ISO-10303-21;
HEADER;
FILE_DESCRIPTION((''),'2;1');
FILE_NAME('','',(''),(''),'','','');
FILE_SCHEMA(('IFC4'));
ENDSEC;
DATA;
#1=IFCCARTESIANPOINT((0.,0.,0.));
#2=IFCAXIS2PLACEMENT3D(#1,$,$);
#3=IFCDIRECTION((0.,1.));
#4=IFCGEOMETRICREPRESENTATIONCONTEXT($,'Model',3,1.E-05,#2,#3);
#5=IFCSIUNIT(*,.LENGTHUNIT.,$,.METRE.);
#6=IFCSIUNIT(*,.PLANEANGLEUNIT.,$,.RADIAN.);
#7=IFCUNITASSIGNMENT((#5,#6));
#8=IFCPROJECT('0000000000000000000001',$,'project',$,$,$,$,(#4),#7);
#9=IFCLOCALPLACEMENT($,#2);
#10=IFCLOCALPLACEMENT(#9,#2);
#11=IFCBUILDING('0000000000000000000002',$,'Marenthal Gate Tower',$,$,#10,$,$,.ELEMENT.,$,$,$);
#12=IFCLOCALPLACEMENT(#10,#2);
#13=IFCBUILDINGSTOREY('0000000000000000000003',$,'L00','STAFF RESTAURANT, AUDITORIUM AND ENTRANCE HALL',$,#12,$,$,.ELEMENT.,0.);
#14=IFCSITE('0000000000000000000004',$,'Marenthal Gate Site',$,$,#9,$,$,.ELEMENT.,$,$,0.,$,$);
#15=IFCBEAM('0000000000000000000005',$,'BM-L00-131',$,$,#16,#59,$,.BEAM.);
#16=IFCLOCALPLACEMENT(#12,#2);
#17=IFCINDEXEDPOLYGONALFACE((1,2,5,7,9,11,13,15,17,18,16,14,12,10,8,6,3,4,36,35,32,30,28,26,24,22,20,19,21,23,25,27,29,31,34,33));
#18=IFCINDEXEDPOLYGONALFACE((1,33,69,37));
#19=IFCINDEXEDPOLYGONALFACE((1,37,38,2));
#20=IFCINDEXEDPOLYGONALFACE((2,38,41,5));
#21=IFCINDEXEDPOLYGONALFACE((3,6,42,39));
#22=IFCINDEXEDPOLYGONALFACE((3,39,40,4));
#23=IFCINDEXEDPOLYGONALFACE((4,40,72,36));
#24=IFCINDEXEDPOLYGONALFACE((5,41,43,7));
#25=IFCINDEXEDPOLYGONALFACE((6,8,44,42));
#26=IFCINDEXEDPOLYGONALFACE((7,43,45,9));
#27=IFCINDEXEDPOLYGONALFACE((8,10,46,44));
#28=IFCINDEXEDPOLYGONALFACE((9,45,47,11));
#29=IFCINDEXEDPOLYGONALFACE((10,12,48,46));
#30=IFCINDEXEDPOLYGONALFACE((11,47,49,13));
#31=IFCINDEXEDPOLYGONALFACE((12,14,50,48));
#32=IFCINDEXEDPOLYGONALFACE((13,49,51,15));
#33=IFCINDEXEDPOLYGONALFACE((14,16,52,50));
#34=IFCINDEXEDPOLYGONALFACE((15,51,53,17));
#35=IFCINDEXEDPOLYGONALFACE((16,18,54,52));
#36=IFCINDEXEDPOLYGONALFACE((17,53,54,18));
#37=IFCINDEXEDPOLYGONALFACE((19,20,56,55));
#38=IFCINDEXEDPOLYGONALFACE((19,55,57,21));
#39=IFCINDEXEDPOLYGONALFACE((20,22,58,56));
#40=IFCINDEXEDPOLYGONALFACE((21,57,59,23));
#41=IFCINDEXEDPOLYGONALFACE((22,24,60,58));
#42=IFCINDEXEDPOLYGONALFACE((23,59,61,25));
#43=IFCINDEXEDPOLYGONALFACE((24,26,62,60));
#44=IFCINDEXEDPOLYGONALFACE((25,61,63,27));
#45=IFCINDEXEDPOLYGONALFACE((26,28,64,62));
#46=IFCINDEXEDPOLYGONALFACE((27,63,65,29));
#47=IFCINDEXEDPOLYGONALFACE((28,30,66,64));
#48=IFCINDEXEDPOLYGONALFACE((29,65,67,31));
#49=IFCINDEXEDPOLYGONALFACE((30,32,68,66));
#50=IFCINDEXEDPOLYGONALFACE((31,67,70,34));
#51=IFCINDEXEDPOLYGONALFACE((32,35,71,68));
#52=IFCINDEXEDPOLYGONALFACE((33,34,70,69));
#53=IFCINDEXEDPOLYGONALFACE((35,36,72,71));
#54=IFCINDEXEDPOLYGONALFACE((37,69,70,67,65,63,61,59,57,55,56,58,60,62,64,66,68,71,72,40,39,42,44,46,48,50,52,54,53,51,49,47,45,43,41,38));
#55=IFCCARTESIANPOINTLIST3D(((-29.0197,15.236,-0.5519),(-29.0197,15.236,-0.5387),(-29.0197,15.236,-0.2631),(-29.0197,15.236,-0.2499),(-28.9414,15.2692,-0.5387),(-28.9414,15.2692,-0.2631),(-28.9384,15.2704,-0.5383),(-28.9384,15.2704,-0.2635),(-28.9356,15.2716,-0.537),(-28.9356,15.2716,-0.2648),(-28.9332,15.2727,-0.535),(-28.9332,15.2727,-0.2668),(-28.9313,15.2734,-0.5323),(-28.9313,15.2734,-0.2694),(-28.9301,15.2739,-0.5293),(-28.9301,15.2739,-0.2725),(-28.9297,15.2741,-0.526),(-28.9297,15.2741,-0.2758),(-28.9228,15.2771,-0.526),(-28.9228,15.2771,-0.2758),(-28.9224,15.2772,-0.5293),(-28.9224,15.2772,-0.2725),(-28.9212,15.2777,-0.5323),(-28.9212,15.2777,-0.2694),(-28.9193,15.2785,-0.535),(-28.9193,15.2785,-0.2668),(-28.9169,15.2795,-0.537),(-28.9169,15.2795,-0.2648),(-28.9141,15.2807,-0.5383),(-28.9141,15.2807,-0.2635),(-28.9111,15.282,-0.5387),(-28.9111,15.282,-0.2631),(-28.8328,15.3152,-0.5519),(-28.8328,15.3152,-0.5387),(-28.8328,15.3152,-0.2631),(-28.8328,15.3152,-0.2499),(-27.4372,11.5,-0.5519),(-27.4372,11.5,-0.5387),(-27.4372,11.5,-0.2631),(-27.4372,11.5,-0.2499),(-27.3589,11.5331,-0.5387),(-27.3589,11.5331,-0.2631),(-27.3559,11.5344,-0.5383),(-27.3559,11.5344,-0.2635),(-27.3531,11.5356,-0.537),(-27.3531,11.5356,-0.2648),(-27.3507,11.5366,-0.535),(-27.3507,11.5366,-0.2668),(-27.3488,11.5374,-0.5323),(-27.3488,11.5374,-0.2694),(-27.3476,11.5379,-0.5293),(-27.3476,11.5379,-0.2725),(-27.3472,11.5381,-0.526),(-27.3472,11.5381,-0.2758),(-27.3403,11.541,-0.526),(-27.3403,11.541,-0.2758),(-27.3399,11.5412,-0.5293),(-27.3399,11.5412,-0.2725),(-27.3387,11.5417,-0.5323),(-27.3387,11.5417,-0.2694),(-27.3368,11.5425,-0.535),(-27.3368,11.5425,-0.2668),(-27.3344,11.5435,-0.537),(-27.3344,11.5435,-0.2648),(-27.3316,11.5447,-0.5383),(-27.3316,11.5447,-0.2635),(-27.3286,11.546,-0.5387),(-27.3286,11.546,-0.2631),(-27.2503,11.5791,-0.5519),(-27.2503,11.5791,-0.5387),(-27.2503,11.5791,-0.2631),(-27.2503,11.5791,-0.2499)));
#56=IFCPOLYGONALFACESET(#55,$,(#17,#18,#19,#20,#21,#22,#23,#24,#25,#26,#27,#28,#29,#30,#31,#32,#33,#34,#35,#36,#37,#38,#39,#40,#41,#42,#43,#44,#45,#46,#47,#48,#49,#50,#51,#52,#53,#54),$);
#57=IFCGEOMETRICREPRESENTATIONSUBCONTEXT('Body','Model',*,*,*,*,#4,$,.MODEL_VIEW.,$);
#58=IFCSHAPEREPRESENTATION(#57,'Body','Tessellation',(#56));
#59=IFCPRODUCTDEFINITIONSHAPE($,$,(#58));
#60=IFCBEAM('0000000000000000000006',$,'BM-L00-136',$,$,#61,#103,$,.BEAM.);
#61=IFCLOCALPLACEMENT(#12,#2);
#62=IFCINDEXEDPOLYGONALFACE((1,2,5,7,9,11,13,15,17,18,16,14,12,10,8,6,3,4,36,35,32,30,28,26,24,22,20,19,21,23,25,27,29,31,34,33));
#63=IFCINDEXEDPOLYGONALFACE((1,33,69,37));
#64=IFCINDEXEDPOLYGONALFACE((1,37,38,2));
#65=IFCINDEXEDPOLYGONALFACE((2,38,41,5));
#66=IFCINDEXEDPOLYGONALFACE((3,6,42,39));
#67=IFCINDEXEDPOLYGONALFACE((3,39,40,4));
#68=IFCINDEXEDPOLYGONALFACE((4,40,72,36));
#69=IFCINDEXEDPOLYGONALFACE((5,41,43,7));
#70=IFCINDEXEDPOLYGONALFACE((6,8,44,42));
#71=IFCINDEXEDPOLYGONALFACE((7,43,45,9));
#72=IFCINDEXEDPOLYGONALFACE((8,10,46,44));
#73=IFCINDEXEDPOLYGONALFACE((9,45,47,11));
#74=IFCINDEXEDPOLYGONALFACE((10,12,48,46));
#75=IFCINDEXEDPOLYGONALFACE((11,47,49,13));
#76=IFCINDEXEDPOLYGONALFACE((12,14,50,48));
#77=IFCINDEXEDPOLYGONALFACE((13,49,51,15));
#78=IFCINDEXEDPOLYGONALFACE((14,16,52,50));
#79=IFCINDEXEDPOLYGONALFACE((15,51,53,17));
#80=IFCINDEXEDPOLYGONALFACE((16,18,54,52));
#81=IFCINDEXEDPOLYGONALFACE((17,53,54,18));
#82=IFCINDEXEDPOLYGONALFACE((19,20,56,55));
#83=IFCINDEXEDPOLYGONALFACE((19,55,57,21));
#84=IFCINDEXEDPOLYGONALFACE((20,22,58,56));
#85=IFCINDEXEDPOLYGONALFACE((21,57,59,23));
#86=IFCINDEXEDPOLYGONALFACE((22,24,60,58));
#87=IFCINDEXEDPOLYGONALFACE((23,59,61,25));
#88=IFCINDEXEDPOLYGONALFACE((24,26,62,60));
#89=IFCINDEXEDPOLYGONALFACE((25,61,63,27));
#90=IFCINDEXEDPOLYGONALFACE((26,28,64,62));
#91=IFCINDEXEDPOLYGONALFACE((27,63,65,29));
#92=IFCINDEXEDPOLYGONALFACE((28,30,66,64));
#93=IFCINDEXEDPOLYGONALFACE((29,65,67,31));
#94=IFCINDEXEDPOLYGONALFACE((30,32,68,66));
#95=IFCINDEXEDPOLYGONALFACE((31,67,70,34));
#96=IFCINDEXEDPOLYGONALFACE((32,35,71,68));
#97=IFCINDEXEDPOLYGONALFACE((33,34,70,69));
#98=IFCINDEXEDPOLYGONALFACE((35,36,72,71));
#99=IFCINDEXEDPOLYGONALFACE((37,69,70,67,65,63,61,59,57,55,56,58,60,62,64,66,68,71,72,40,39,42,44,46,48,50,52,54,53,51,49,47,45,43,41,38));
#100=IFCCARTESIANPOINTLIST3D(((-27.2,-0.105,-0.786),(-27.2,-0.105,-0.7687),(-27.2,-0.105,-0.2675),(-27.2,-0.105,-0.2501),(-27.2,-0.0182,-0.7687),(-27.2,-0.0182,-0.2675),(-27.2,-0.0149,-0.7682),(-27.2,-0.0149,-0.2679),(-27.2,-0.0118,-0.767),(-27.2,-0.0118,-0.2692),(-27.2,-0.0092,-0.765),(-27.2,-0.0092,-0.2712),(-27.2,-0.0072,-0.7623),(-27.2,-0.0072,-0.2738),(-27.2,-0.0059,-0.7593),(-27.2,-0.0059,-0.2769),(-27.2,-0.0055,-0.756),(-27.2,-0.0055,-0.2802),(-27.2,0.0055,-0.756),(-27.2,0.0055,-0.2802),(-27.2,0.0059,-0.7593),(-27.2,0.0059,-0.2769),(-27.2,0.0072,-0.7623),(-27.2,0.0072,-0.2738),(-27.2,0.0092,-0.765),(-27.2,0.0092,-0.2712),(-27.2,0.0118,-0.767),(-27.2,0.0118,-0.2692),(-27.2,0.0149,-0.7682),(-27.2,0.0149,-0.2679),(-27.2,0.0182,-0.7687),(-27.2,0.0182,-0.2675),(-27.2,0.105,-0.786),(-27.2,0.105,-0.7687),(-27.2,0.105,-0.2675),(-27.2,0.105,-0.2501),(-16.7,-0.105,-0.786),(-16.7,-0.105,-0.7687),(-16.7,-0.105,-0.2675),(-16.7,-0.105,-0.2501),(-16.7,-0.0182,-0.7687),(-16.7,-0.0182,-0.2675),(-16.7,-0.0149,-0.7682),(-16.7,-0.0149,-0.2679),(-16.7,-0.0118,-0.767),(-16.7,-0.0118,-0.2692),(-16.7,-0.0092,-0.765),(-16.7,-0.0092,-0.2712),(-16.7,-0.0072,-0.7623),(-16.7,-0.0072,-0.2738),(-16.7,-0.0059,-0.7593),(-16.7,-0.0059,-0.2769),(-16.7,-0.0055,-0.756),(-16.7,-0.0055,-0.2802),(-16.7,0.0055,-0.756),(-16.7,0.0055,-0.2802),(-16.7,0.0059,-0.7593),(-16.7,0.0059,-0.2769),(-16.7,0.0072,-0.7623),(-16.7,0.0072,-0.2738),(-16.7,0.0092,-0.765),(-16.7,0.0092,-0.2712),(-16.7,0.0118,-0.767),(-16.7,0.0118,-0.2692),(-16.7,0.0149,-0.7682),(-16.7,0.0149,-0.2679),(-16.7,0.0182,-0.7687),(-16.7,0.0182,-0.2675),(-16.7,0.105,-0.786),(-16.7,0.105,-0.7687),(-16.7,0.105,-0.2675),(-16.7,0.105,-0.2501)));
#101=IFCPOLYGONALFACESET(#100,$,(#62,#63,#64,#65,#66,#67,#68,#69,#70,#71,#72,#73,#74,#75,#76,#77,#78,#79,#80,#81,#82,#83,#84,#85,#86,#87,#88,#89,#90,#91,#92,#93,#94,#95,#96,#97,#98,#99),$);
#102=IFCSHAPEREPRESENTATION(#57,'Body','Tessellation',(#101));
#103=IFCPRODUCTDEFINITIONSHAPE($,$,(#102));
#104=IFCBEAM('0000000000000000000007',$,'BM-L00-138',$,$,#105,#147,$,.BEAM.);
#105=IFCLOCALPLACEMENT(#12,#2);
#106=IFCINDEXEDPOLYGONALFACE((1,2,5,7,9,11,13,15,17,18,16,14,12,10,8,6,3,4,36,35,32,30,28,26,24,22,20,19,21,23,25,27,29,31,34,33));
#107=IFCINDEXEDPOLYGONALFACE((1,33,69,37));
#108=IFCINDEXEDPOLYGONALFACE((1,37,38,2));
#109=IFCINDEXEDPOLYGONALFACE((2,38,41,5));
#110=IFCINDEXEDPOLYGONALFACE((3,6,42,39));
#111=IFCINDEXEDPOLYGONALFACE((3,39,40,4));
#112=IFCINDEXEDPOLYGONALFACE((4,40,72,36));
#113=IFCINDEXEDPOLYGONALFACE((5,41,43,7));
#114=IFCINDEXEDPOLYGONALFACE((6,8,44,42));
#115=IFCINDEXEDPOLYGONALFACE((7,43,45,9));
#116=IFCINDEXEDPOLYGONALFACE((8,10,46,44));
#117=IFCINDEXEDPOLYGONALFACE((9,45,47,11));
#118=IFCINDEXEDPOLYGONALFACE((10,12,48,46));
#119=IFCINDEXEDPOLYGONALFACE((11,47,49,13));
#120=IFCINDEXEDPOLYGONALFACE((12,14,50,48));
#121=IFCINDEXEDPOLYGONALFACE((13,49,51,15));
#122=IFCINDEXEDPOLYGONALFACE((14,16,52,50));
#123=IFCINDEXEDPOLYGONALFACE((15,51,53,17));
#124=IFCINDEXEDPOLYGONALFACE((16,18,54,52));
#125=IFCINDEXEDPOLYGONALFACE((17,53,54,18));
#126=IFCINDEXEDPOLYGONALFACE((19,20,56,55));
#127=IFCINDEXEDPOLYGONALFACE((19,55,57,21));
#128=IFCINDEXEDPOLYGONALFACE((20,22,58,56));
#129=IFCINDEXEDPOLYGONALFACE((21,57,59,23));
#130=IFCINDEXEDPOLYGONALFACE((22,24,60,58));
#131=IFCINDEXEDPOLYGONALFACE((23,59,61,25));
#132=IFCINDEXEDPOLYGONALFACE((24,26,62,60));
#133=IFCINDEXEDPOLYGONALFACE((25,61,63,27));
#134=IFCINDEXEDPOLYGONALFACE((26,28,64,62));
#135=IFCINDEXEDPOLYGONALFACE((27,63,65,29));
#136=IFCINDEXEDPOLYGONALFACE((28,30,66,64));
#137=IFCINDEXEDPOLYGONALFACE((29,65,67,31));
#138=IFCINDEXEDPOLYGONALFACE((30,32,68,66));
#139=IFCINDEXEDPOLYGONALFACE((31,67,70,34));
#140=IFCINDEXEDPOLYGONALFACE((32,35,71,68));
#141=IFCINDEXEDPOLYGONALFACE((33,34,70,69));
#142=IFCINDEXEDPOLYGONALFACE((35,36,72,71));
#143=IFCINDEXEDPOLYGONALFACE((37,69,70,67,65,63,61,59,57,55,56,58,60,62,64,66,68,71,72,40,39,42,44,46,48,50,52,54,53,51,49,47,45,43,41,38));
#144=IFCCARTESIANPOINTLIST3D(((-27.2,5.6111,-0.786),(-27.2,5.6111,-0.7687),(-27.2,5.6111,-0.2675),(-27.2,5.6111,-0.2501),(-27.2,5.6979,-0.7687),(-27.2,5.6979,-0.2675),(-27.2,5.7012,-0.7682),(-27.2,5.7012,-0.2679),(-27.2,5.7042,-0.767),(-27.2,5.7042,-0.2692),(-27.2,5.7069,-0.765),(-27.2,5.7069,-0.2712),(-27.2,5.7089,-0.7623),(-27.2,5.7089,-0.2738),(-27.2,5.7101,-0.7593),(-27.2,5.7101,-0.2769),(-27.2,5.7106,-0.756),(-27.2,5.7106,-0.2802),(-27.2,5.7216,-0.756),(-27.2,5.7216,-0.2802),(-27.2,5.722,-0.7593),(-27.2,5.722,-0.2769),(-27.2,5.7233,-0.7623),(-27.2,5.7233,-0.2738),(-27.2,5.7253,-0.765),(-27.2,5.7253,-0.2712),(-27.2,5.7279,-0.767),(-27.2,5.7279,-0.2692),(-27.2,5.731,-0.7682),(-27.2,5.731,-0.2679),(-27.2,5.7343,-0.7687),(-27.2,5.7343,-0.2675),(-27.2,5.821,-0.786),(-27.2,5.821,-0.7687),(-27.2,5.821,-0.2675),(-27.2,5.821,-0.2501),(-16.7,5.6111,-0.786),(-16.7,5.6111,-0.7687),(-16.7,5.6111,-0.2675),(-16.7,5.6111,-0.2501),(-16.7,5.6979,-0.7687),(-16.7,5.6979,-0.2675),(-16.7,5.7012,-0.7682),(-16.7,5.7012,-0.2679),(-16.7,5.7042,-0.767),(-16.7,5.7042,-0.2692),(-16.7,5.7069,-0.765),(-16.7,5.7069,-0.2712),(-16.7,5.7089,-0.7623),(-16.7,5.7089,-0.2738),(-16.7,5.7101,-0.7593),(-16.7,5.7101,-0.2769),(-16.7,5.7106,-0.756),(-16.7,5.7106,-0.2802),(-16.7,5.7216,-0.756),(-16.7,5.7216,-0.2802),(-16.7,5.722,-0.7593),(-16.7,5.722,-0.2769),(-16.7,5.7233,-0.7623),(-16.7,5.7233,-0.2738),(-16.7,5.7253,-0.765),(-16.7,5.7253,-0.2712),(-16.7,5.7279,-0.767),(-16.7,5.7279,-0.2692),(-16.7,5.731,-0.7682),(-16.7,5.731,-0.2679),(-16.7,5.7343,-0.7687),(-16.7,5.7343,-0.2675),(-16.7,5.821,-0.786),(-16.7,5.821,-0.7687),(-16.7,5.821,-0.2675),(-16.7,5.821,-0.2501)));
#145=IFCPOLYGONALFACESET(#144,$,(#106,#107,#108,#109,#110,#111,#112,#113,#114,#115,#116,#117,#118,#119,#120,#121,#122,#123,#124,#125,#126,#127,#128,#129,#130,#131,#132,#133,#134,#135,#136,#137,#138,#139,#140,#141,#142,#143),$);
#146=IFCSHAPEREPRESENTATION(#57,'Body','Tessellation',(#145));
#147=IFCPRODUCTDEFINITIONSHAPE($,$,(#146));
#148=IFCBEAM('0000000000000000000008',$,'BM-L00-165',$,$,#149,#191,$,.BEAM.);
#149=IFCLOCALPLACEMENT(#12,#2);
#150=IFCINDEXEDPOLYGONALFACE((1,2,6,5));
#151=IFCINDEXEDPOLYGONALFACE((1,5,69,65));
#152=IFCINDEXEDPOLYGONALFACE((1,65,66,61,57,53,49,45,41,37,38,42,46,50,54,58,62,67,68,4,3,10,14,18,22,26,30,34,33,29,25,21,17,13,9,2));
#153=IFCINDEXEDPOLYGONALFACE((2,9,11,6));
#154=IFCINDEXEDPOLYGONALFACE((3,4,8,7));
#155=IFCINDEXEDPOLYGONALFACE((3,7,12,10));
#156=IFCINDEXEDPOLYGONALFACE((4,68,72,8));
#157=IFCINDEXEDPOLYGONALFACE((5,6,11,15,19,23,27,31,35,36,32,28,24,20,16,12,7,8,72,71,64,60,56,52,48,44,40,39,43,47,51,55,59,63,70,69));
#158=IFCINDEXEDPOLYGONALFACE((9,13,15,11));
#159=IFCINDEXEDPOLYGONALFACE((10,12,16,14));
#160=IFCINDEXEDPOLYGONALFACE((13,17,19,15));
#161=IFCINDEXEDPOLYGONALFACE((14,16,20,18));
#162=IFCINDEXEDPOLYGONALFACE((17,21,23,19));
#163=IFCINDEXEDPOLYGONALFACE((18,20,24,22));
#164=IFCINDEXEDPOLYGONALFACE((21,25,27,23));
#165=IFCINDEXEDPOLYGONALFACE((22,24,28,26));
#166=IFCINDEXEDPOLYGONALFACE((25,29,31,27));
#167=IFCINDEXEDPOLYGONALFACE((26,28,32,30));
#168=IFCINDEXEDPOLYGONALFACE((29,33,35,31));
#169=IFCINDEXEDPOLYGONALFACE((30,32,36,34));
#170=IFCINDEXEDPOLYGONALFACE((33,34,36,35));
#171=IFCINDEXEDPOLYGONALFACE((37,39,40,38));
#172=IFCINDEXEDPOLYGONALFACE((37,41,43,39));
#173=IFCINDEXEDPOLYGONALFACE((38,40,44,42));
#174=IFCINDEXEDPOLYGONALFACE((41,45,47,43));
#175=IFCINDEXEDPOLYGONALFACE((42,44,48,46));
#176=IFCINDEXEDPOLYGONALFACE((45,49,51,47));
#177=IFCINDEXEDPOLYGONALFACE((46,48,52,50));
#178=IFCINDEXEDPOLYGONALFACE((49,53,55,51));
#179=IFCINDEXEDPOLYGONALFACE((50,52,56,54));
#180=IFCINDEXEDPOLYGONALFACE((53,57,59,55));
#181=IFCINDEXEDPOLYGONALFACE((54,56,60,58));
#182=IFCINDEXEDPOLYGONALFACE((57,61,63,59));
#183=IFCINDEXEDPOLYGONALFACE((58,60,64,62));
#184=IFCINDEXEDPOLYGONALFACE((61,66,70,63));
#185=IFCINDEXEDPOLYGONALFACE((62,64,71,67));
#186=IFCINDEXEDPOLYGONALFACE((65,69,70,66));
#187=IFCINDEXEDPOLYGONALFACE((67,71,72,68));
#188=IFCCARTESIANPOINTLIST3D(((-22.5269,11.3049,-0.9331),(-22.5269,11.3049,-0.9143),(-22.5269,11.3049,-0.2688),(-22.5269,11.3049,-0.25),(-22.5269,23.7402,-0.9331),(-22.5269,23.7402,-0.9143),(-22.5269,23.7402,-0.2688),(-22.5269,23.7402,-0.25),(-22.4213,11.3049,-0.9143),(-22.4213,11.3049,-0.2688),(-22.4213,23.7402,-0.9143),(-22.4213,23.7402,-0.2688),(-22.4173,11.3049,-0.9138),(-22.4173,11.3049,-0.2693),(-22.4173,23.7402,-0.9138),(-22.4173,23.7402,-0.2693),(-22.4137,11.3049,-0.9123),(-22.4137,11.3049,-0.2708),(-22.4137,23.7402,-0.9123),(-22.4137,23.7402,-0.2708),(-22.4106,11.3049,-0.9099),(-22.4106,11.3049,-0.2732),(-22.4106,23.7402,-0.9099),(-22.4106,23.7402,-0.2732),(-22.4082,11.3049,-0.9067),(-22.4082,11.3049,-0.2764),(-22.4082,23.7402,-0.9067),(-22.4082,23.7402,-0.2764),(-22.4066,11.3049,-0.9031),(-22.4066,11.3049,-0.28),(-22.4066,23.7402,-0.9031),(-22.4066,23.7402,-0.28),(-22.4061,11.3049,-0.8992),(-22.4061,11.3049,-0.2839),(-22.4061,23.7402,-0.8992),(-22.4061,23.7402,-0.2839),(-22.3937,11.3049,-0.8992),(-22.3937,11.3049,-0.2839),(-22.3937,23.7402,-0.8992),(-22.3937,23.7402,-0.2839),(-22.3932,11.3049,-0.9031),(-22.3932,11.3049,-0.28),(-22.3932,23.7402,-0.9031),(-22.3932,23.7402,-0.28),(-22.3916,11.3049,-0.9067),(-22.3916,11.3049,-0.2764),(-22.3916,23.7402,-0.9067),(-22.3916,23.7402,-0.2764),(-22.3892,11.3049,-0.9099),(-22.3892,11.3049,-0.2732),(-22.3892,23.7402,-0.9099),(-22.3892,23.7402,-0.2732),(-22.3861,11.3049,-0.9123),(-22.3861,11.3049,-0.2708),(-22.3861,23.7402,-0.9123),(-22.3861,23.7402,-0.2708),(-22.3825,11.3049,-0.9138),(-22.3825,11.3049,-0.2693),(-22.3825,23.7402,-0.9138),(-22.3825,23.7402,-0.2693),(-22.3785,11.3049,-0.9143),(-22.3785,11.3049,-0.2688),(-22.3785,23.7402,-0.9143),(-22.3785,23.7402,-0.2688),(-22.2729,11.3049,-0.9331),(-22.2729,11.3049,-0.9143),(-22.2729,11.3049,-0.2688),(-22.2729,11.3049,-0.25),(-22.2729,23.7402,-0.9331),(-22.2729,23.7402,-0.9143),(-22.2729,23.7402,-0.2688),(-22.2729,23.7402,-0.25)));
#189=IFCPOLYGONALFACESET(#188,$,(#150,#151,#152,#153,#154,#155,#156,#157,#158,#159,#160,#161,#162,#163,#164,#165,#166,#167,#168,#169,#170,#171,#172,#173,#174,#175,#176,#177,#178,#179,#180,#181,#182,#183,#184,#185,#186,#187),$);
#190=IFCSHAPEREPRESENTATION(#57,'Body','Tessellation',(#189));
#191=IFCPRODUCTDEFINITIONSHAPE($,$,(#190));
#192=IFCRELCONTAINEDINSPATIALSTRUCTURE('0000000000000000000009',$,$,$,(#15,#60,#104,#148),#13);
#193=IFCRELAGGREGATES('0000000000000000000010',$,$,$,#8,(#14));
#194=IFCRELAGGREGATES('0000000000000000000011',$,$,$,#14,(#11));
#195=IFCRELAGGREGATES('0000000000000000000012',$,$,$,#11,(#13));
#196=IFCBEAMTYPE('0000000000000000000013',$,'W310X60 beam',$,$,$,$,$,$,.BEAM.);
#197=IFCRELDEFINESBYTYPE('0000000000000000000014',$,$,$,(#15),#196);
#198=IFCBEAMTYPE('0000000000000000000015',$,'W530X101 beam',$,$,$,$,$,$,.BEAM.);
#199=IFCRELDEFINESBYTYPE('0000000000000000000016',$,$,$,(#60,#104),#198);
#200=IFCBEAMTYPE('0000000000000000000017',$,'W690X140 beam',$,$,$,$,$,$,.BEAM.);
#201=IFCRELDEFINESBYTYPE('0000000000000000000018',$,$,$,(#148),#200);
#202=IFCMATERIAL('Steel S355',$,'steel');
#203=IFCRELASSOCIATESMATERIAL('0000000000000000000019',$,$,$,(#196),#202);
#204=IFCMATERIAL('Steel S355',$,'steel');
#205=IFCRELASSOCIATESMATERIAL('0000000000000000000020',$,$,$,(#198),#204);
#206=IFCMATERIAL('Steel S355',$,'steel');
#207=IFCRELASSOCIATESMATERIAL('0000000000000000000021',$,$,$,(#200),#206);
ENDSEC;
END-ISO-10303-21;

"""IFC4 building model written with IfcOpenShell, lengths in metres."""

from ifc_helpers import new_model, si_unit, direction, frame, origin, origin_2d, place, context, subcontext, project, spatial, i_section, extrude, material, material_profile, profile_set, type_object, element, save


model = new_model("IFC4")

# Units and contexts
model_context = context("Model", 3, precision=1e-05, world=origin(), true_north=direction((0.0, 1.0)))
body_context = subcontext(model_context, "Body", "Model", "MODEL_VIEW")
ifc_project = project(units=[si_unit("LENGTHUNIT", "METRE"), si_unit("PLANEANGLEUNIT", "RADIAN")], contexts=[model_context])

# Site, building, storey
site_placement = place(None, origin())
site = spatial("IfcSite", under=ifc_project, at=site_placement, Name="Marenthal Gate Site", CompositionType="ELEMENT", RefElevation=0.0)
building_placement = place(site_placement, origin())
building = spatial("IfcBuilding", under=site, at=building_placement, Name="Marenthal Gate Tower", CompositionType="ELEMENT")
storey_placement = place(building_placement, origin())
storey = spatial("IfcBuildingStorey", under=building, at=storey_placement, Name="L00", Description="STAFF RESTAURANT, AUDITORIUM AND ENTRANCE HALL", CompositionType="ELEMENT", Elevation=0.0)

# Beams
ifc_material_1 = material(Name="Steel S355", Category="steel")
ifc_material_profile_1 = material_profile(ifc_material_1, i_section(OverallWidth=0.2029, OverallDepth=0.302, WebThickness=0.0076, FlangeThickness=0.0132, FilletRadius=0.0127, at=origin_2d()), Name="W310X60")
ifc_profile_set_1 = profile_set([ifc_material_profile_1], Name="Steel S355")
beam_type_1 = type_object("IfcBeamType", Name="W310X60 beam", PredefinedType="BEAM", material=ifc_profile_set_1)
beam_1_placement = place(storey_placement, frame((-27.3438, 11.5396, -0.4009), z_axis=(-0.390031, 0.920802, 0.0), x_axis=(-0.920802, -0.390031, 0.0)))
element("IfcBeam", 1, at=beam_1_placement, inside=storey, type_object=beam_type_1, Name="BM-L00-131", PredefinedType="BEAM", context=body_context, shape_type="SweptSolid", body=[
    extrude(i_section(OverallWidth=0.2029, OverallDepth=0.302, WebThickness=0.0076, FlangeThickness=0.0132, FilletRadius=0.0127, at=origin_2d()), origin(), (0.0, 0.0, 1.0), 4.0574),
])
ifc_material_2 = material(Name="Steel S355", Category="steel")
ifc_material_profile_2 = material_profile(ifc_material_2, i_section(OverallWidth=0.21, OverallDepth=0.5359, WebThickness=0.011, FlangeThickness=0.0173, FilletRadius=0.0127, at=origin_2d()), Name="W530X101")
ifc_profile_set_2 = profile_set([ifc_material_profile_2], Name="Steel S355")
beam_type_2 = type_object("IfcBeamType", Name="W530X101 beam", PredefinedType="BEAM", material=ifc_profile_set_2)
for number, where, z_axis, x_axis, name in (
    (2, (-16.7, 0.0, -0.5181), (-1.0, 0.0, 0.0), (0.0, -1.0, 0.0), "BM-L00-136"),
    (3, (-16.7, 5.7161, -0.5181), (-1.0, 0.0, 0.0), (0.0, -1.0, 0.0), "BM-L00-138"),
):
    element("IfcBeam", number, at=place(storey_placement, frame(where, z_axis=z_axis, x_axis=x_axis)), inside=storey, type_object=beam_type_2, Name=name, PredefinedType="BEAM", context=body_context, shape_type="SweptSolid", body=[
        extrude(i_section(OverallWidth=0.21, OverallDepth=0.5359, WebThickness=0.011, FlangeThickness=0.0173, FilletRadius=0.0127, at=origin_2d()), origin(), (0.0, 0.0, 1.0), 10.5),
    ])
ifc_material_3 = material(Name="Steel S355", Category="steel")
ifc_material_profile_3 = material_profile(ifc_material_3, i_section(OverallWidth=0.2539, OverallDepth=0.6831, WebThickness=0.0125, FlangeThickness=0.0188, FilletRadius=0.0151, at=origin_2d()), Name="W690X140")
ifc_profile_set_3 = profile_set([ifc_material_profile_3], Name="Steel S355")
beam_type_3 = type_object("IfcBeamType", Name="W690X140 beam", PredefinedType="BEAM", material=ifc_profile_set_3)
beam_2_placement = place(storey_placement, frame((-22.3999, 11.3049, -0.5916), z_axis=(0.0, 1.0, 0.0), x_axis=(-1.0, 0.0, 0.0)))
element("IfcBeam", 4, at=beam_2_placement, inside=storey, type_object=beam_type_3, Name="BM-L00-165", PredefinedType="BEAM", context=body_context, shape_type="SweptSolid", body=[
    extrude(i_section(OverallWidth=0.2539, OverallDepth=0.6831, WebThickness=0.0125, FlangeThickness=0.0188, FilletRadius=0.0151, at=origin_2d()), origin(), (0.0, 0.0, 1.0), 12.4353),
])

save(model, "model.ifc")
